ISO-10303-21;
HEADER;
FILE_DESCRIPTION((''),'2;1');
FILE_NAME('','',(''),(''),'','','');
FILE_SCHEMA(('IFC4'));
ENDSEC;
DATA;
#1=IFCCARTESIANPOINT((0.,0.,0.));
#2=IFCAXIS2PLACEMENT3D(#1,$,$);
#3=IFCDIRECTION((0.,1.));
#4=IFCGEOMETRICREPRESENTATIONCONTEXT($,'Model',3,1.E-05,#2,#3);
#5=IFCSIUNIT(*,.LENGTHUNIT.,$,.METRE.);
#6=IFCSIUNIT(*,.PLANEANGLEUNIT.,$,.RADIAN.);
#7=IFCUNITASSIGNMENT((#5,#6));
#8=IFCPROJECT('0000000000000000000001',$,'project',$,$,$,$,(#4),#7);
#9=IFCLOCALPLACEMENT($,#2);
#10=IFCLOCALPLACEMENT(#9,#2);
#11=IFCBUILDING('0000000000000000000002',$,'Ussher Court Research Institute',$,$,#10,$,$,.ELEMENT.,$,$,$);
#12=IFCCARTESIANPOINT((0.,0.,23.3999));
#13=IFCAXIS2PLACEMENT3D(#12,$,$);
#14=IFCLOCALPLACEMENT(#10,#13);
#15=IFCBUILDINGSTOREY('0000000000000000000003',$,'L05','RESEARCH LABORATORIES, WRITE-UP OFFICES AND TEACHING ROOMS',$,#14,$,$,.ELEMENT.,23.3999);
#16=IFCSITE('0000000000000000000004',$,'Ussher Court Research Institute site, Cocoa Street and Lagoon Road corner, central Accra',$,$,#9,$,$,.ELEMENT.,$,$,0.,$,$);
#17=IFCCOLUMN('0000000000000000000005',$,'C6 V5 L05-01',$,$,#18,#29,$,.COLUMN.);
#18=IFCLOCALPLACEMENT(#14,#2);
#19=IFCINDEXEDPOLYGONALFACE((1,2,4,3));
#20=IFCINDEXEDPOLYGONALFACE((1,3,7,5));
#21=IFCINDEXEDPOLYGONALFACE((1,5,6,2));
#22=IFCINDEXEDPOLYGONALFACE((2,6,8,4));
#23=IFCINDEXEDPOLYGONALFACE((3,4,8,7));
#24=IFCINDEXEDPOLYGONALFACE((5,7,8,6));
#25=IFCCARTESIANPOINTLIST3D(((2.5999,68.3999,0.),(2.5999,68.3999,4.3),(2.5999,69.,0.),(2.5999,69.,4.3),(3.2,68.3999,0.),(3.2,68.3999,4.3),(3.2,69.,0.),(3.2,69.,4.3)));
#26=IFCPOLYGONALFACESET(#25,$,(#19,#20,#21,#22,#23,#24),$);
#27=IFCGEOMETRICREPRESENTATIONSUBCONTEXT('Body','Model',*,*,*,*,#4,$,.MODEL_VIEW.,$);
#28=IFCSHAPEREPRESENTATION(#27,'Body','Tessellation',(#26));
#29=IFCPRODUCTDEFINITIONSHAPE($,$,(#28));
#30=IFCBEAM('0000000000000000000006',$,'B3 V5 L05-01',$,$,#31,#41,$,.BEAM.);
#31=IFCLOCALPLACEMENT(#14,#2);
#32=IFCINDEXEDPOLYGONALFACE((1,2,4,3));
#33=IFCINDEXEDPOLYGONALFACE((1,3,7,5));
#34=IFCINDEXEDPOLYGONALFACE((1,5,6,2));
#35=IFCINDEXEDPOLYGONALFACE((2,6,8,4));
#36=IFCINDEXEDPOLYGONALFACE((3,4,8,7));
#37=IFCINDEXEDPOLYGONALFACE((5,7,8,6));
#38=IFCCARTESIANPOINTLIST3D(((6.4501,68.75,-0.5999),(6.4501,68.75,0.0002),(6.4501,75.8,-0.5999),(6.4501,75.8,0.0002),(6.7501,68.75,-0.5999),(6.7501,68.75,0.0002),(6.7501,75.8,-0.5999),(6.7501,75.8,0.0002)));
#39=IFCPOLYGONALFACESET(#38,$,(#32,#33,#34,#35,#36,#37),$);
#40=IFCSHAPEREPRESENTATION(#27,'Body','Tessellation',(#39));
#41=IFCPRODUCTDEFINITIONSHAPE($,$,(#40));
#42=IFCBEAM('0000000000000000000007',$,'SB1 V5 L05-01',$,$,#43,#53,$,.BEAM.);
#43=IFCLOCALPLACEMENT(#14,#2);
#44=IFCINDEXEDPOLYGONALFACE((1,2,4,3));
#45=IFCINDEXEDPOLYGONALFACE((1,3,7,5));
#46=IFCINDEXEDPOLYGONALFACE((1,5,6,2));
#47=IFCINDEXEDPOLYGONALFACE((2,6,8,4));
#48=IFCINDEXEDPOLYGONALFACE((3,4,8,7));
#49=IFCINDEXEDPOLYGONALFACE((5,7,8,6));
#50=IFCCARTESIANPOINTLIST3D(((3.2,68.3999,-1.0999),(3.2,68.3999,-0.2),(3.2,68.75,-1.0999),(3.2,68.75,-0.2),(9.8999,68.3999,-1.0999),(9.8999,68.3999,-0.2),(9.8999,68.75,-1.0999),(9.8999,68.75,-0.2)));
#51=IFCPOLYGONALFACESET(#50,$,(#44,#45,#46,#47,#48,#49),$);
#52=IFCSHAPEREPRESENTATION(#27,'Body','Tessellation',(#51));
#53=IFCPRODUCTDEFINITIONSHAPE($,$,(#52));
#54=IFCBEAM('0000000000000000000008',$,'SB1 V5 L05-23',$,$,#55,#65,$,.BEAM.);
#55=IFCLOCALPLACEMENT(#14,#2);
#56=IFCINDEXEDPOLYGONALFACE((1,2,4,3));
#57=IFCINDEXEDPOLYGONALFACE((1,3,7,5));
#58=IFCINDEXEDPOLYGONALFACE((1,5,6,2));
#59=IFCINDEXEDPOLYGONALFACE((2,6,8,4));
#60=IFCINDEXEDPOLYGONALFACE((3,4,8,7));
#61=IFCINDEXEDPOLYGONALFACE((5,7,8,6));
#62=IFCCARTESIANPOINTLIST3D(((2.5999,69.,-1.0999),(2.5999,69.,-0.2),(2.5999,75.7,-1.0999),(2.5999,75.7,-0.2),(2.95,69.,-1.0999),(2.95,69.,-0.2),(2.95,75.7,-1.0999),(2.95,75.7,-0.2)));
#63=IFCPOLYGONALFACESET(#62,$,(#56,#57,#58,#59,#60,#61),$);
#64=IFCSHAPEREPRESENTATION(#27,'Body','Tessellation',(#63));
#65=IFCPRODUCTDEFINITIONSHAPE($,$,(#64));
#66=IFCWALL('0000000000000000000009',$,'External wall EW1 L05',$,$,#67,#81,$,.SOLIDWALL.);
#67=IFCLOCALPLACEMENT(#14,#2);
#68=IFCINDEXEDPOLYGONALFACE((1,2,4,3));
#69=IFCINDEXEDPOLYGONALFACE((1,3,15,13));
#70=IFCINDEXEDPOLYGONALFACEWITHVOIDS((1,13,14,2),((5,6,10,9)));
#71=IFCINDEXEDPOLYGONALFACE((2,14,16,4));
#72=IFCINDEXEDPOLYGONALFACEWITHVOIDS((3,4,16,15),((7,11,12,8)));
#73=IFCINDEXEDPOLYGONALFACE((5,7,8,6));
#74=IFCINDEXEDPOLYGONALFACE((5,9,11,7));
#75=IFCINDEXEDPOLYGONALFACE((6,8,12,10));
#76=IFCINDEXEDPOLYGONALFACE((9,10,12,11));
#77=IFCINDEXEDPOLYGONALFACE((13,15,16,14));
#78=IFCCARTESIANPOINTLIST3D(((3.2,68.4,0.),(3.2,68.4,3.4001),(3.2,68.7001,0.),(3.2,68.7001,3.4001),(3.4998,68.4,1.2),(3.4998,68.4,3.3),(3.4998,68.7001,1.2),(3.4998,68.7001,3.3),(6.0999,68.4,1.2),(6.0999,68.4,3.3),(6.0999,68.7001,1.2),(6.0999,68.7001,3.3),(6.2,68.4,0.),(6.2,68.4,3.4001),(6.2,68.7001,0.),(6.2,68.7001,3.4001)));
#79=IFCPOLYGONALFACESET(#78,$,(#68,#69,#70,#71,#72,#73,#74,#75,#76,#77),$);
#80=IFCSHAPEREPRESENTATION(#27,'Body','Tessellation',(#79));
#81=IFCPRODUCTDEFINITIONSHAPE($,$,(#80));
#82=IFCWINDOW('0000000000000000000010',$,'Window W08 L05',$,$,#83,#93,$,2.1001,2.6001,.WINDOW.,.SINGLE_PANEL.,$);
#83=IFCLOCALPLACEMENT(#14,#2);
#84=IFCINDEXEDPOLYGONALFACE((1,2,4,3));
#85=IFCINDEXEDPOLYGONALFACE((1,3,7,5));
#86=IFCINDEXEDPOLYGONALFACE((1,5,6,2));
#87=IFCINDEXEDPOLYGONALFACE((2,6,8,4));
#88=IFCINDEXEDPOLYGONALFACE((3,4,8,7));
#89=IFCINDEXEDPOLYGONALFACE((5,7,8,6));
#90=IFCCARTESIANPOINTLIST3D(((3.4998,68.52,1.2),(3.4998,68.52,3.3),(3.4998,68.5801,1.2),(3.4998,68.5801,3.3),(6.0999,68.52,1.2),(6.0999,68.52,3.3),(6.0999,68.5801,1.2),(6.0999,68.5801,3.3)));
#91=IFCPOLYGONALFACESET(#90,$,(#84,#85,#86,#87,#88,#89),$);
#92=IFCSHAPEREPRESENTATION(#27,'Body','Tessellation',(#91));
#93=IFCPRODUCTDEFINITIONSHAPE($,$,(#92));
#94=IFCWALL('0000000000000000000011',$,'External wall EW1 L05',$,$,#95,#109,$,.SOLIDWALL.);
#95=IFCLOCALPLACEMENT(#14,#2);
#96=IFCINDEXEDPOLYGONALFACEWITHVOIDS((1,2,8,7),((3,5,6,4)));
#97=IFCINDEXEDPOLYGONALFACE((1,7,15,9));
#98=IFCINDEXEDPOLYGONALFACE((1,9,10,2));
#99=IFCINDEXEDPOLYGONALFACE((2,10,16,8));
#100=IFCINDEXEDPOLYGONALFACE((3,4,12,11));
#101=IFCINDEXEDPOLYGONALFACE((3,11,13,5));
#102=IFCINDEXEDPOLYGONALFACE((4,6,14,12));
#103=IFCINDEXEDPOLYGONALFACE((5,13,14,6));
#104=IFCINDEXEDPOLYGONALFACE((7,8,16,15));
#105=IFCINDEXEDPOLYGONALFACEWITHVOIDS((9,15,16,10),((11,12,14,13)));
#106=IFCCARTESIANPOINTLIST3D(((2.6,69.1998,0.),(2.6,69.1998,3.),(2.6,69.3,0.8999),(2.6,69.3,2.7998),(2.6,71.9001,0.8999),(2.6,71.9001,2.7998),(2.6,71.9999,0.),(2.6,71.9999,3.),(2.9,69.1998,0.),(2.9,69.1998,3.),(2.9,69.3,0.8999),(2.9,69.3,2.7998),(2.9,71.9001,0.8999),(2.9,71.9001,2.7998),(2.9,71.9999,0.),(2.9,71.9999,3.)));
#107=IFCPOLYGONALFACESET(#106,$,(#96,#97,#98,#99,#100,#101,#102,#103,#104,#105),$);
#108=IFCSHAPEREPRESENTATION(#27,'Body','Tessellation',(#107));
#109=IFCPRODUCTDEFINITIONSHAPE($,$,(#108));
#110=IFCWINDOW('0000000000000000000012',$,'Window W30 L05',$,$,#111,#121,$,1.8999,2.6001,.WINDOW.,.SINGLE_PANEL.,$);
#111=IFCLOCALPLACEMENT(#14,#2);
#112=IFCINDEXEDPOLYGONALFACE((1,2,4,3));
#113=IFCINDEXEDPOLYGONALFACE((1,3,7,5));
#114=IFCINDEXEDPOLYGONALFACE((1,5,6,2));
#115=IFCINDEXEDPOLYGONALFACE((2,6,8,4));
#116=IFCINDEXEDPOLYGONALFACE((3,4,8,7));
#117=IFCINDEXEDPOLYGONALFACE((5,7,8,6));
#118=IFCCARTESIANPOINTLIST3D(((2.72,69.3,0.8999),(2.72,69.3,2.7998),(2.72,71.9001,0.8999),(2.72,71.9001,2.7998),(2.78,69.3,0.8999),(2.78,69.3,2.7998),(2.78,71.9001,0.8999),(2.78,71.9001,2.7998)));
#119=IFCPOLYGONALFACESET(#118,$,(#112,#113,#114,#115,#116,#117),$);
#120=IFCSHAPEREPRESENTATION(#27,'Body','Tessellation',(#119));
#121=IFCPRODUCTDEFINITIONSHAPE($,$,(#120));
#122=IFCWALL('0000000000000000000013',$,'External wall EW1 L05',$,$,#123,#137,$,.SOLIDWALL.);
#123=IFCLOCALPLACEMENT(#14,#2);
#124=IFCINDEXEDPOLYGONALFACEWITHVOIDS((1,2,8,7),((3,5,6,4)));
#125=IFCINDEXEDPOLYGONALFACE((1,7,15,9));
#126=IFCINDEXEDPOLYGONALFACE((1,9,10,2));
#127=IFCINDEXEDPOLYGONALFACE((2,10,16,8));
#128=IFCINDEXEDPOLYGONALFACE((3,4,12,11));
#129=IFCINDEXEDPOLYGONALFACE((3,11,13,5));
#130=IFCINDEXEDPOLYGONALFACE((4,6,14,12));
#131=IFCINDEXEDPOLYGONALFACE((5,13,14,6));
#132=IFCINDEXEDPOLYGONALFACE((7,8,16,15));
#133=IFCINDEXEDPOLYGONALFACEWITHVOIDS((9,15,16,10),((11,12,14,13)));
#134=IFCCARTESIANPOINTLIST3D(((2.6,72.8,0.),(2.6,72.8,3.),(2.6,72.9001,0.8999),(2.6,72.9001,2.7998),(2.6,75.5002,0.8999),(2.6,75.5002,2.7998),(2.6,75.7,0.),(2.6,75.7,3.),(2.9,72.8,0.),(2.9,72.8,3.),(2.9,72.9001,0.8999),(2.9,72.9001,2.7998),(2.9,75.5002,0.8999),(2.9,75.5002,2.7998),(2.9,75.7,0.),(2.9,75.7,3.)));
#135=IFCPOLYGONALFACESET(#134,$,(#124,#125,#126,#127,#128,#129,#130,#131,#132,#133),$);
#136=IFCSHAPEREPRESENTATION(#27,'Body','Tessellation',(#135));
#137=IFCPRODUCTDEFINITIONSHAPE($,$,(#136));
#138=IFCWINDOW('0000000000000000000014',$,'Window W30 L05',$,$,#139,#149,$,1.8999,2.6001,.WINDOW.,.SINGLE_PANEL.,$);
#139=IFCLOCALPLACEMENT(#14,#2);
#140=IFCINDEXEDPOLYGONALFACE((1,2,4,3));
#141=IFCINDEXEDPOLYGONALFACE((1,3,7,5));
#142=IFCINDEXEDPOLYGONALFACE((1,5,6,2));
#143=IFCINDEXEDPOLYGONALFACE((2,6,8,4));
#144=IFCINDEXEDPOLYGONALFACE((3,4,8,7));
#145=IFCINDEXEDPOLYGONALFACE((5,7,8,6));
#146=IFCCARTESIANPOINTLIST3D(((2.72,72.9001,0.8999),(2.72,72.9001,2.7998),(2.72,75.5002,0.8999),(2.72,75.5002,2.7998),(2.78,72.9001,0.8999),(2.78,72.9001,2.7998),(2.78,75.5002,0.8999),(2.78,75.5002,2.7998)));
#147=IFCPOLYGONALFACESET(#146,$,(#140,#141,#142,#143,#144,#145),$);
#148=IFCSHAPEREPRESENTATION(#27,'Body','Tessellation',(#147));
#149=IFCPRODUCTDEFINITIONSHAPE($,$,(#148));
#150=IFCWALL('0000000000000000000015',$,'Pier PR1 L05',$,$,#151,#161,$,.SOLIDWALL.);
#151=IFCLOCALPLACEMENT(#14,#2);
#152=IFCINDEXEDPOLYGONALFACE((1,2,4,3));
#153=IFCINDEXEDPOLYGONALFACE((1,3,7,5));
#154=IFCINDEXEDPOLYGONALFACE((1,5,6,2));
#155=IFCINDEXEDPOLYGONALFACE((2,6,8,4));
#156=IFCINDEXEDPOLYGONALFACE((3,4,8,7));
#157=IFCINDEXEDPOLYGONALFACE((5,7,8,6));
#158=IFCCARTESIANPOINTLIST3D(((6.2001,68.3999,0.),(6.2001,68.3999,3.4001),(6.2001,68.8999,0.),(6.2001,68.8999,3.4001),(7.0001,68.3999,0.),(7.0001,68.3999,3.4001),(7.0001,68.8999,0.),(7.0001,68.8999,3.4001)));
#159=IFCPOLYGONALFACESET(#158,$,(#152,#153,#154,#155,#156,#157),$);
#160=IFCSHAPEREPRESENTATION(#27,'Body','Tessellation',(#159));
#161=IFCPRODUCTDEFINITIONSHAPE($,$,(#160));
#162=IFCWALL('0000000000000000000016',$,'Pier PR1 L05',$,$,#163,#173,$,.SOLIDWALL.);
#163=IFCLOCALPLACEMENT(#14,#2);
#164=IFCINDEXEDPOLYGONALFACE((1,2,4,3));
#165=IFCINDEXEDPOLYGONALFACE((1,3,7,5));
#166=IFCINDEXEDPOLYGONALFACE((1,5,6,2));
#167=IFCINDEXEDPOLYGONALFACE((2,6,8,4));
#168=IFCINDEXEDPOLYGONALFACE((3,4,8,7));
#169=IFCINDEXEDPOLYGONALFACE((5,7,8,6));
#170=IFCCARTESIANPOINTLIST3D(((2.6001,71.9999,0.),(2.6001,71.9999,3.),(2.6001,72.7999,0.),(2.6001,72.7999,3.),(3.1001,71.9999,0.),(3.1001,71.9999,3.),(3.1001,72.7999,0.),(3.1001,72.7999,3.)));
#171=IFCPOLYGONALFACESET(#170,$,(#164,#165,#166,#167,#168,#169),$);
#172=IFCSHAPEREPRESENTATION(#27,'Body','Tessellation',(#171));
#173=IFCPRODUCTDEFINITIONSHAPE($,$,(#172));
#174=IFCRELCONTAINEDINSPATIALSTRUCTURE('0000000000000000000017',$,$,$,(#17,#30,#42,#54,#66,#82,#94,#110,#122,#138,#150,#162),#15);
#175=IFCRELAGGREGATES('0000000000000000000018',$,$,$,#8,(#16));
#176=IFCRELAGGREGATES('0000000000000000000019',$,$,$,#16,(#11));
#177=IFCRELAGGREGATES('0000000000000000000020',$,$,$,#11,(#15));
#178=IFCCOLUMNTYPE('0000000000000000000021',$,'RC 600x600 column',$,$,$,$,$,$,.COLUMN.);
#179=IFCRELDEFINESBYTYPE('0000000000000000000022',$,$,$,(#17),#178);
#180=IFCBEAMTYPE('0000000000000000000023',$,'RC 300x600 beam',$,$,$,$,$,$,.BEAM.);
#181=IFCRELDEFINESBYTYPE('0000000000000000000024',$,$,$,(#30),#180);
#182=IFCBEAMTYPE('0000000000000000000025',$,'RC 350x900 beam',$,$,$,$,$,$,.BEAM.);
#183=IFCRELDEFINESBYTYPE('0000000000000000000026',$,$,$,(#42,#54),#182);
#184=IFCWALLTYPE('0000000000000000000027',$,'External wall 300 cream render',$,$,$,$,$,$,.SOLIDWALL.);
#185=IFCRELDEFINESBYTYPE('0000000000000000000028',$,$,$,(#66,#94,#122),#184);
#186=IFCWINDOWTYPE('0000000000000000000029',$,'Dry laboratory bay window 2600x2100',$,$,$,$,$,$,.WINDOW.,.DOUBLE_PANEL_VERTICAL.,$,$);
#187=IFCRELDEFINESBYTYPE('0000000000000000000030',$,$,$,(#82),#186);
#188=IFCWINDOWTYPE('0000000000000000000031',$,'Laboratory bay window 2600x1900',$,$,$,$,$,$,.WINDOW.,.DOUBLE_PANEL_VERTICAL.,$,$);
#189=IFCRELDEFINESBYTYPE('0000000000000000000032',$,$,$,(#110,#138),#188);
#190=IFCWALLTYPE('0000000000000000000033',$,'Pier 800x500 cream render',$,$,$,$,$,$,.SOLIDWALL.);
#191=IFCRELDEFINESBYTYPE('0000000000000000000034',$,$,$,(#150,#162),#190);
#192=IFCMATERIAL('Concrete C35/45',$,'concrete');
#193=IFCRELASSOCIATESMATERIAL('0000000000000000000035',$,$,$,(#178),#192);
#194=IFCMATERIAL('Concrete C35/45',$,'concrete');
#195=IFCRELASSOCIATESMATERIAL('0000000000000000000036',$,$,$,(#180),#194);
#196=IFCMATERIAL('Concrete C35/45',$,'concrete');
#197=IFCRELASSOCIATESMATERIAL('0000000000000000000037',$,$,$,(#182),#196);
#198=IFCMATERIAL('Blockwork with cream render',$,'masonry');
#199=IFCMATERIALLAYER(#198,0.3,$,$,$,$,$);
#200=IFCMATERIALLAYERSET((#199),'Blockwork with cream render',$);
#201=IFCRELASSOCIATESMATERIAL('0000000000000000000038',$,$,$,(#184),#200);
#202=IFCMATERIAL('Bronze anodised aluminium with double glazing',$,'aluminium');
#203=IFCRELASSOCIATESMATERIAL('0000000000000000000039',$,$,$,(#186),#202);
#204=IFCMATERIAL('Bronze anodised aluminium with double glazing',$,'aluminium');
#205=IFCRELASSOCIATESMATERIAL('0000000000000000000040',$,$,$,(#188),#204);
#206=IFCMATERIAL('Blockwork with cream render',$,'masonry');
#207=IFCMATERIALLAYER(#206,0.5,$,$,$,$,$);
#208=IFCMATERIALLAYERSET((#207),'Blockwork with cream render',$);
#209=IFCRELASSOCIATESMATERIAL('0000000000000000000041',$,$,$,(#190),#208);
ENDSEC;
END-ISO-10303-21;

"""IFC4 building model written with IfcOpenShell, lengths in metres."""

from ifc_helpers import new_model, si_unit, direction, frame, frame_2d, origin, origin_2d, place, context, subcontext, project, spatial, rectangle, extrude, material, layer, layer_set, material_profile, profile_set, type_object, element, fill, save


model = new_model("IFC4")

# Units and contexts
model_context = context("Model", 3, precision=1e-05, world=origin(), true_north=direction((0.0, 1.0)))
body_context = subcontext(model_context, "Body", "Model", "MODEL_VIEW")
ifc_project = project(units=[si_unit("LENGTHUNIT", "METRE"), si_unit("PLANEANGLEUNIT", "RADIAN")], contexts=[model_context])

# Site, building, storey
site_placement = place(None, origin())
site = spatial("IfcSite", under=ifc_project, at=site_placement, Name="Ussher Court Research Institute site, Cocoa Street and Lagoon Road corner, central Accra", CompositionType="ELEMENT", RefElevation=0.0)
building_placement = place(site_placement, origin())
building = spatial("IfcBuilding", under=site, at=building_placement, Name="Ussher Court Research Institute", CompositionType="ELEMENT")
storey_placement = place(building_placement, frame((0.0, 0.0, 23.3999)))
storey = spatial("IfcBuildingStorey", under=building, at=storey_placement, Name="L05", Description="RESEARCH LABORATORIES, WRITE-UP OFFICES AND TEACHING ROOMS", CompositionType="ELEMENT", Elevation=23.3999)

# Column
ifc_material_1 = material(Name="Concrete C35/45", Category="concrete")
ifc_material_profile_1 = material_profile(ifc_material_1, rectangle(XDim=0.6001, YDim=0.6001, at=origin_2d()), Name="RC 600x600")
ifc_profile_set_1 = profile_set([ifc_material_profile_1], Name="Concrete C35/45")
column_type = type_object("IfcColumnType", Name="RC 600x600 column", PredefinedType="COLUMN", material=ifc_profile_set_1)
column_placement = place(storey_placement, frame((2.8999, 68.7, 0.0), z_axis=(0.0, 0.0, 1.0), x_axis=(1.0, 0.0, 0.0)))
element("IfcColumn", 1, at=column_placement, inside=storey, type_object=column_type, Name="C6 V5 L05-01", PredefinedType="COLUMN", context=body_context, shape_type="SweptSolid", body=[
    extrude(rectangle(XDim=0.6001, YDim=0.6001, at=origin_2d()), origin(), (0.0, 0.0, 1.0), 4.3),
])

# Beams
ifc_material_2 = material(Name="Concrete C35/45", Category="concrete")
ifc_material_profile_2 = material_profile(ifc_material_2, rectangle(XDim=0.3, YDim=0.6001, at=origin_2d()), Name="RC 300x600")
ifc_profile_set_2 = profile_set([ifc_material_profile_2], Name="Concrete C35/45")
beam_type_1 = type_object("IfcBeamType", Name="RC 300x600 beam", PredefinedType="BEAM", material=ifc_profile_set_2)
beam_placement = place(storey_placement, frame((6.6001, 68.75, -0.2998), z_axis=(0.0, 1.0, 0.0), x_axis=(-1.0, 0.0, 0.0)))
element("IfcBeam", 2, at=beam_placement, inside=storey, type_object=beam_type_1, Name="B3 V5 L05-01", PredefinedType="BEAM", context=body_context, shape_type="SweptSolid", body=[
    extrude(rectangle(XDim=0.3, YDim=0.6001, at=origin_2d()), origin(), (0.0, 0.0, 1.0), 7.05),
])
ifc_material_3 = material(Name="Concrete C35/45", Category="concrete")
ifc_material_profile_3 = material_profile(ifc_material_3, rectangle(XDim=0.3501, YDim=0.8999, at=origin_2d()), Name="RC 350x900")
ifc_profile_set_3 = profile_set([ifc_material_profile_3], Name="Concrete C35/45")
beam_type_2 = type_object("IfcBeamType", Name="RC 350x900 beam", PredefinedType="BEAM", material=ifc_profile_set_3)
for number, where, z_axis, x_axis, name in (
    (3, (3.2, 68.575, -0.6499), (1.0, 0.0, 0.0), (0.0, 1.0, 0.0), "SB1 V5 L05-01"),
    (4, (2.7749, 69.0, -0.6499), (0.0, 1.0, 0.0), (-1.0, 0.0, 0.0), "SB1 V5 L05-23"),
):
    element("IfcBeam", number, at=place(storey_placement, frame(where, z_axis=z_axis, x_axis=x_axis)), inside=storey, type_object=beam_type_2, Name=name, PredefinedType="BEAM", context=body_context, shape_type="SweptSolid", body=[
        extrude(rectangle(XDim=0.3501, YDim=0.8999, at=origin_2d()), origin(), (0.0, 0.0, 1.0), 6.7),
    ])

# Walls, openings, windows
ifc_material_4 = material(Name="Blockwork with cream render", Category="masonry")
ifc_layer_1 = layer(ifc_material_4, 0.3)
ifc_layer_set_1 = layer_set([ifc_layer_1], Name="Blockwork with cream render")
wall_type_1 = type_object("IfcWallType", Name="External wall 300 cream render", PredefinedType="SOLIDWALL", material=ifc_layer_set_1)
wall_1_placement = place(storey_placement, frame((6.2, 68.55, 0.0), z_axis=(0.0, 0.0, 1.0), x_axis=(-1.0, 0.0, 0.0)))
wall_1 = element("IfcWall", 5, at=wall_1_placement, inside=storey, type_object=wall_type_1, Name="External wall EW1 L05", PredefinedType="SOLIDWALL", context=body_context, shape_type="SweptSolid", body=[
    extrude(rectangle(XDim=3.0, YDim=0.3, at=frame_2d((1.5, 0.0))), origin(), (0.0, 0.0, 1.0), 3.4001),
])
opening_1_placement = place(wall_1_placement, frame((0.1001, 0.0, 1.2)))
opening_1 = element("IfcOpeningElement", 6, at=opening_1_placement, cuts=wall_1, PredefinedType="OPENING", context=body_context, shape_type="SweptSolid", body=[
    extrude(rectangle(XDim=2.6001, YDim=2.1001, at=frame_2d((1.3, 1.05))), frame((0.0, 0.1602, 0.0), z_axis=(0.0, -1.0, 0.0), x_axis=(1.0, 0.0, 0.0)), (0.0, 0.0, 1.0), 0.3201),
])
ifc_material_5 = material(Name="Bronze anodised aluminium with double glazing", Category="aluminium")
window_type_1 = type_object("IfcWindowType", Name="Dry laboratory bay window 2600x2100", PartitioningType="DOUBLE_PANEL_VERTICAL", PredefinedType="WINDOW", material=ifc_material_5)
window_1_placement = place(opening_1_placement, origin())
window_1 = element("IfcWindow", 7, at=window_1_placement, inside=storey, type_object=window_type_1, Name="Window W08 L05", OverallHeight=2.1001, OverallWidth=2.6001, PartitioningType="SINGLE_PANEL", PredefinedType="WINDOW", context=body_context, shape_type="SweptSolid", body=[
    extrude(rectangle(XDim=2.6001, YDim=2.1001, at=frame_2d((1.3, 1.05))), frame((0.0, 0.03, 0.0), z_axis=(0.0, -1.0, 0.0), x_axis=(1.0, 0.0, 0.0)), (0.0, 0.0, 1.0), 0.0601),
])
fill(opening_1, window_1)
wall_2_placement = place(storey_placement, frame((2.75, 69.2, 0.0), z_axis=(0.0, 0.0, 1.0), x_axis=(0.0, 1.0, 0.0)))
wall_2 = element("IfcWall", 8, at=wall_2_placement, inside=storey, type_object=wall_type_1, Name="External wall EW1 L05", PredefinedType="SOLIDWALL", context=body_context, shape_type="SweptSolid", body=[
    extrude(rectangle(XDim=2.8, YDim=0.3, at=frame_2d((1.3999, 0.0))), origin(), (0.0, 0.0, 1.0), 3.0),
])
opening_2_placement = place(wall_2_placement, frame((0.1001, 0.0, 0.8999)))
opening_2 = element("IfcOpeningElement", 9, at=opening_2_placement, cuts=wall_2, PredefinedType="OPENING", context=body_context, shape_type="SweptSolid", body=[
    extrude(rectangle(XDim=2.6001, YDim=1.8999, at=frame_2d((1.3, 0.95))), frame((0.0, 0.1602, 0.0), z_axis=(0.0, -1.0, 0.0), x_axis=(1.0, 0.0, 0.0)), (0.0, 0.0, 1.0), 0.3201),
])
ifc_material_6 = material(Name="Bronze anodised aluminium with double glazing", Category="aluminium")
window_type_2 = type_object("IfcWindowType", Name="Laboratory bay window 2600x1900", PartitioningType="DOUBLE_PANEL_VERTICAL", PredefinedType="WINDOW", material=ifc_material_6)
window_2_placement = place(opening_2_placement, origin())
window_2 = element("IfcWindow", 10, at=window_2_placement, inside=storey, type_object=window_type_2, Name="Window W30 L05", OverallHeight=1.8999, OverallWidth=2.6001, PartitioningType="SINGLE_PANEL", PredefinedType="WINDOW", context=body_context, shape_type="SweptSolid", body=[
    extrude(rectangle(XDim=2.6001, YDim=1.8999, at=frame_2d((1.3, 0.95))), frame((0.0, 0.03, 0.0), z_axis=(0.0, -1.0, 0.0), x_axis=(1.0, 0.0, 0.0)), (0.0, 0.0, 1.0), 0.0601),
])
fill(opening_2, window_2)
wall_3_placement = place(storey_placement, frame((2.75, 72.8, 0.0), z_axis=(0.0, 0.0, 1.0), x_axis=(0.0, 1.0, 0.0)))
wall_3 = element("IfcWall", 11, at=wall_3_placement, inside=storey, type_object=wall_type_1, Name="External wall EW1 L05", PredefinedType="SOLIDWALL", context=body_context, shape_type="SweptSolid", body=[
    extrude(rectangle(XDim=2.8999, YDim=0.3, at=frame_2d((1.45, 0.0))), origin(), (0.0, 0.0, 1.0), 3.0),
])
opening_3_placement = place(wall_3_placement, frame((0.1001, 0.0, 0.8999)))
opening_3 = element("IfcOpeningElement", 12, at=opening_3_placement, cuts=wall_3, PredefinedType="OPENING", context=body_context, shape_type="SweptSolid", body=[
    extrude(rectangle(XDim=2.6001, YDim=1.8999, at=frame_2d((1.3, 0.95))), frame((0.0, 0.1602, 0.0), z_axis=(0.0, -1.0, 0.0), x_axis=(1.0, 0.0, 0.0)), (0.0, 0.0, 1.0), 0.3201),
])
window_3_placement = place(opening_3_placement, origin())
window_3 = element("IfcWindow", 13, at=window_3_placement, inside=storey, type_object=window_type_2, Name="Window W30 L05", OverallHeight=1.8999, OverallWidth=2.6001, PartitioningType="SINGLE_PANEL", PredefinedType="WINDOW", context=body_context, shape_type="SweptSolid", body=[
    extrude(rectangle(XDim=2.6001, YDim=1.8999, at=frame_2d((1.3, 0.95))), frame((0.0, 0.03, 0.0), z_axis=(0.0, -1.0, 0.0), x_axis=(1.0, 0.0, 0.0)), (0.0, 0.0, 1.0), 0.0601),
])
fill(opening_3, window_3)

# Walls
ifc_material_7 = material(Name="Blockwork with cream render", Category="masonry")
ifc_layer_2 = layer(ifc_material_7, 0.5)
ifc_layer_set_2 = layer_set([ifc_layer_2], Name="Blockwork with cream render")
wall_type_2 = type_object("IfcWallType", Name="Pier 800x500 cream render", PredefinedType="SOLIDWALL", material=ifc_layer_set_2)
wall_4_placement = place(storey_placement, frame((7.0, 68.6499, 0.0), z_axis=(0.0, 0.0, 1.0), x_axis=(-1.0, 0.0, 0.0)))
element("IfcWall", 14, at=wall_4_placement, inside=storey, type_object=wall_type_2, Name="Pier PR1 L05", PredefinedType="SOLIDWALL", context=body_context, shape_type="SweptSolid", body=[
    extrude(rectangle(XDim=0.8, YDim=0.5, at=frame_2d((0.3999, 0.0))), origin(), (0.0, 0.0, 1.0), 3.4001),
])
wall_5_placement = place(storey_placement, frame((2.8501, 72.0, 0.0), z_axis=(0.0, 0.0, 1.0), x_axis=(0.0, 1.0, 0.0)))
element("IfcWall", 15, at=wall_5_placement, inside=storey, type_object=wall_type_2, Name="Pier PR1 L05", PredefinedType="SOLIDWALL", context=body_context, shape_type="SweptSolid", body=[
    extrude(rectangle(XDim=0.8, YDim=0.5, at=frame_2d((0.3999, 0.0))), origin(), (0.0, 0.0, 1.0), 3.0),
])

save(model, "model.ifc")
